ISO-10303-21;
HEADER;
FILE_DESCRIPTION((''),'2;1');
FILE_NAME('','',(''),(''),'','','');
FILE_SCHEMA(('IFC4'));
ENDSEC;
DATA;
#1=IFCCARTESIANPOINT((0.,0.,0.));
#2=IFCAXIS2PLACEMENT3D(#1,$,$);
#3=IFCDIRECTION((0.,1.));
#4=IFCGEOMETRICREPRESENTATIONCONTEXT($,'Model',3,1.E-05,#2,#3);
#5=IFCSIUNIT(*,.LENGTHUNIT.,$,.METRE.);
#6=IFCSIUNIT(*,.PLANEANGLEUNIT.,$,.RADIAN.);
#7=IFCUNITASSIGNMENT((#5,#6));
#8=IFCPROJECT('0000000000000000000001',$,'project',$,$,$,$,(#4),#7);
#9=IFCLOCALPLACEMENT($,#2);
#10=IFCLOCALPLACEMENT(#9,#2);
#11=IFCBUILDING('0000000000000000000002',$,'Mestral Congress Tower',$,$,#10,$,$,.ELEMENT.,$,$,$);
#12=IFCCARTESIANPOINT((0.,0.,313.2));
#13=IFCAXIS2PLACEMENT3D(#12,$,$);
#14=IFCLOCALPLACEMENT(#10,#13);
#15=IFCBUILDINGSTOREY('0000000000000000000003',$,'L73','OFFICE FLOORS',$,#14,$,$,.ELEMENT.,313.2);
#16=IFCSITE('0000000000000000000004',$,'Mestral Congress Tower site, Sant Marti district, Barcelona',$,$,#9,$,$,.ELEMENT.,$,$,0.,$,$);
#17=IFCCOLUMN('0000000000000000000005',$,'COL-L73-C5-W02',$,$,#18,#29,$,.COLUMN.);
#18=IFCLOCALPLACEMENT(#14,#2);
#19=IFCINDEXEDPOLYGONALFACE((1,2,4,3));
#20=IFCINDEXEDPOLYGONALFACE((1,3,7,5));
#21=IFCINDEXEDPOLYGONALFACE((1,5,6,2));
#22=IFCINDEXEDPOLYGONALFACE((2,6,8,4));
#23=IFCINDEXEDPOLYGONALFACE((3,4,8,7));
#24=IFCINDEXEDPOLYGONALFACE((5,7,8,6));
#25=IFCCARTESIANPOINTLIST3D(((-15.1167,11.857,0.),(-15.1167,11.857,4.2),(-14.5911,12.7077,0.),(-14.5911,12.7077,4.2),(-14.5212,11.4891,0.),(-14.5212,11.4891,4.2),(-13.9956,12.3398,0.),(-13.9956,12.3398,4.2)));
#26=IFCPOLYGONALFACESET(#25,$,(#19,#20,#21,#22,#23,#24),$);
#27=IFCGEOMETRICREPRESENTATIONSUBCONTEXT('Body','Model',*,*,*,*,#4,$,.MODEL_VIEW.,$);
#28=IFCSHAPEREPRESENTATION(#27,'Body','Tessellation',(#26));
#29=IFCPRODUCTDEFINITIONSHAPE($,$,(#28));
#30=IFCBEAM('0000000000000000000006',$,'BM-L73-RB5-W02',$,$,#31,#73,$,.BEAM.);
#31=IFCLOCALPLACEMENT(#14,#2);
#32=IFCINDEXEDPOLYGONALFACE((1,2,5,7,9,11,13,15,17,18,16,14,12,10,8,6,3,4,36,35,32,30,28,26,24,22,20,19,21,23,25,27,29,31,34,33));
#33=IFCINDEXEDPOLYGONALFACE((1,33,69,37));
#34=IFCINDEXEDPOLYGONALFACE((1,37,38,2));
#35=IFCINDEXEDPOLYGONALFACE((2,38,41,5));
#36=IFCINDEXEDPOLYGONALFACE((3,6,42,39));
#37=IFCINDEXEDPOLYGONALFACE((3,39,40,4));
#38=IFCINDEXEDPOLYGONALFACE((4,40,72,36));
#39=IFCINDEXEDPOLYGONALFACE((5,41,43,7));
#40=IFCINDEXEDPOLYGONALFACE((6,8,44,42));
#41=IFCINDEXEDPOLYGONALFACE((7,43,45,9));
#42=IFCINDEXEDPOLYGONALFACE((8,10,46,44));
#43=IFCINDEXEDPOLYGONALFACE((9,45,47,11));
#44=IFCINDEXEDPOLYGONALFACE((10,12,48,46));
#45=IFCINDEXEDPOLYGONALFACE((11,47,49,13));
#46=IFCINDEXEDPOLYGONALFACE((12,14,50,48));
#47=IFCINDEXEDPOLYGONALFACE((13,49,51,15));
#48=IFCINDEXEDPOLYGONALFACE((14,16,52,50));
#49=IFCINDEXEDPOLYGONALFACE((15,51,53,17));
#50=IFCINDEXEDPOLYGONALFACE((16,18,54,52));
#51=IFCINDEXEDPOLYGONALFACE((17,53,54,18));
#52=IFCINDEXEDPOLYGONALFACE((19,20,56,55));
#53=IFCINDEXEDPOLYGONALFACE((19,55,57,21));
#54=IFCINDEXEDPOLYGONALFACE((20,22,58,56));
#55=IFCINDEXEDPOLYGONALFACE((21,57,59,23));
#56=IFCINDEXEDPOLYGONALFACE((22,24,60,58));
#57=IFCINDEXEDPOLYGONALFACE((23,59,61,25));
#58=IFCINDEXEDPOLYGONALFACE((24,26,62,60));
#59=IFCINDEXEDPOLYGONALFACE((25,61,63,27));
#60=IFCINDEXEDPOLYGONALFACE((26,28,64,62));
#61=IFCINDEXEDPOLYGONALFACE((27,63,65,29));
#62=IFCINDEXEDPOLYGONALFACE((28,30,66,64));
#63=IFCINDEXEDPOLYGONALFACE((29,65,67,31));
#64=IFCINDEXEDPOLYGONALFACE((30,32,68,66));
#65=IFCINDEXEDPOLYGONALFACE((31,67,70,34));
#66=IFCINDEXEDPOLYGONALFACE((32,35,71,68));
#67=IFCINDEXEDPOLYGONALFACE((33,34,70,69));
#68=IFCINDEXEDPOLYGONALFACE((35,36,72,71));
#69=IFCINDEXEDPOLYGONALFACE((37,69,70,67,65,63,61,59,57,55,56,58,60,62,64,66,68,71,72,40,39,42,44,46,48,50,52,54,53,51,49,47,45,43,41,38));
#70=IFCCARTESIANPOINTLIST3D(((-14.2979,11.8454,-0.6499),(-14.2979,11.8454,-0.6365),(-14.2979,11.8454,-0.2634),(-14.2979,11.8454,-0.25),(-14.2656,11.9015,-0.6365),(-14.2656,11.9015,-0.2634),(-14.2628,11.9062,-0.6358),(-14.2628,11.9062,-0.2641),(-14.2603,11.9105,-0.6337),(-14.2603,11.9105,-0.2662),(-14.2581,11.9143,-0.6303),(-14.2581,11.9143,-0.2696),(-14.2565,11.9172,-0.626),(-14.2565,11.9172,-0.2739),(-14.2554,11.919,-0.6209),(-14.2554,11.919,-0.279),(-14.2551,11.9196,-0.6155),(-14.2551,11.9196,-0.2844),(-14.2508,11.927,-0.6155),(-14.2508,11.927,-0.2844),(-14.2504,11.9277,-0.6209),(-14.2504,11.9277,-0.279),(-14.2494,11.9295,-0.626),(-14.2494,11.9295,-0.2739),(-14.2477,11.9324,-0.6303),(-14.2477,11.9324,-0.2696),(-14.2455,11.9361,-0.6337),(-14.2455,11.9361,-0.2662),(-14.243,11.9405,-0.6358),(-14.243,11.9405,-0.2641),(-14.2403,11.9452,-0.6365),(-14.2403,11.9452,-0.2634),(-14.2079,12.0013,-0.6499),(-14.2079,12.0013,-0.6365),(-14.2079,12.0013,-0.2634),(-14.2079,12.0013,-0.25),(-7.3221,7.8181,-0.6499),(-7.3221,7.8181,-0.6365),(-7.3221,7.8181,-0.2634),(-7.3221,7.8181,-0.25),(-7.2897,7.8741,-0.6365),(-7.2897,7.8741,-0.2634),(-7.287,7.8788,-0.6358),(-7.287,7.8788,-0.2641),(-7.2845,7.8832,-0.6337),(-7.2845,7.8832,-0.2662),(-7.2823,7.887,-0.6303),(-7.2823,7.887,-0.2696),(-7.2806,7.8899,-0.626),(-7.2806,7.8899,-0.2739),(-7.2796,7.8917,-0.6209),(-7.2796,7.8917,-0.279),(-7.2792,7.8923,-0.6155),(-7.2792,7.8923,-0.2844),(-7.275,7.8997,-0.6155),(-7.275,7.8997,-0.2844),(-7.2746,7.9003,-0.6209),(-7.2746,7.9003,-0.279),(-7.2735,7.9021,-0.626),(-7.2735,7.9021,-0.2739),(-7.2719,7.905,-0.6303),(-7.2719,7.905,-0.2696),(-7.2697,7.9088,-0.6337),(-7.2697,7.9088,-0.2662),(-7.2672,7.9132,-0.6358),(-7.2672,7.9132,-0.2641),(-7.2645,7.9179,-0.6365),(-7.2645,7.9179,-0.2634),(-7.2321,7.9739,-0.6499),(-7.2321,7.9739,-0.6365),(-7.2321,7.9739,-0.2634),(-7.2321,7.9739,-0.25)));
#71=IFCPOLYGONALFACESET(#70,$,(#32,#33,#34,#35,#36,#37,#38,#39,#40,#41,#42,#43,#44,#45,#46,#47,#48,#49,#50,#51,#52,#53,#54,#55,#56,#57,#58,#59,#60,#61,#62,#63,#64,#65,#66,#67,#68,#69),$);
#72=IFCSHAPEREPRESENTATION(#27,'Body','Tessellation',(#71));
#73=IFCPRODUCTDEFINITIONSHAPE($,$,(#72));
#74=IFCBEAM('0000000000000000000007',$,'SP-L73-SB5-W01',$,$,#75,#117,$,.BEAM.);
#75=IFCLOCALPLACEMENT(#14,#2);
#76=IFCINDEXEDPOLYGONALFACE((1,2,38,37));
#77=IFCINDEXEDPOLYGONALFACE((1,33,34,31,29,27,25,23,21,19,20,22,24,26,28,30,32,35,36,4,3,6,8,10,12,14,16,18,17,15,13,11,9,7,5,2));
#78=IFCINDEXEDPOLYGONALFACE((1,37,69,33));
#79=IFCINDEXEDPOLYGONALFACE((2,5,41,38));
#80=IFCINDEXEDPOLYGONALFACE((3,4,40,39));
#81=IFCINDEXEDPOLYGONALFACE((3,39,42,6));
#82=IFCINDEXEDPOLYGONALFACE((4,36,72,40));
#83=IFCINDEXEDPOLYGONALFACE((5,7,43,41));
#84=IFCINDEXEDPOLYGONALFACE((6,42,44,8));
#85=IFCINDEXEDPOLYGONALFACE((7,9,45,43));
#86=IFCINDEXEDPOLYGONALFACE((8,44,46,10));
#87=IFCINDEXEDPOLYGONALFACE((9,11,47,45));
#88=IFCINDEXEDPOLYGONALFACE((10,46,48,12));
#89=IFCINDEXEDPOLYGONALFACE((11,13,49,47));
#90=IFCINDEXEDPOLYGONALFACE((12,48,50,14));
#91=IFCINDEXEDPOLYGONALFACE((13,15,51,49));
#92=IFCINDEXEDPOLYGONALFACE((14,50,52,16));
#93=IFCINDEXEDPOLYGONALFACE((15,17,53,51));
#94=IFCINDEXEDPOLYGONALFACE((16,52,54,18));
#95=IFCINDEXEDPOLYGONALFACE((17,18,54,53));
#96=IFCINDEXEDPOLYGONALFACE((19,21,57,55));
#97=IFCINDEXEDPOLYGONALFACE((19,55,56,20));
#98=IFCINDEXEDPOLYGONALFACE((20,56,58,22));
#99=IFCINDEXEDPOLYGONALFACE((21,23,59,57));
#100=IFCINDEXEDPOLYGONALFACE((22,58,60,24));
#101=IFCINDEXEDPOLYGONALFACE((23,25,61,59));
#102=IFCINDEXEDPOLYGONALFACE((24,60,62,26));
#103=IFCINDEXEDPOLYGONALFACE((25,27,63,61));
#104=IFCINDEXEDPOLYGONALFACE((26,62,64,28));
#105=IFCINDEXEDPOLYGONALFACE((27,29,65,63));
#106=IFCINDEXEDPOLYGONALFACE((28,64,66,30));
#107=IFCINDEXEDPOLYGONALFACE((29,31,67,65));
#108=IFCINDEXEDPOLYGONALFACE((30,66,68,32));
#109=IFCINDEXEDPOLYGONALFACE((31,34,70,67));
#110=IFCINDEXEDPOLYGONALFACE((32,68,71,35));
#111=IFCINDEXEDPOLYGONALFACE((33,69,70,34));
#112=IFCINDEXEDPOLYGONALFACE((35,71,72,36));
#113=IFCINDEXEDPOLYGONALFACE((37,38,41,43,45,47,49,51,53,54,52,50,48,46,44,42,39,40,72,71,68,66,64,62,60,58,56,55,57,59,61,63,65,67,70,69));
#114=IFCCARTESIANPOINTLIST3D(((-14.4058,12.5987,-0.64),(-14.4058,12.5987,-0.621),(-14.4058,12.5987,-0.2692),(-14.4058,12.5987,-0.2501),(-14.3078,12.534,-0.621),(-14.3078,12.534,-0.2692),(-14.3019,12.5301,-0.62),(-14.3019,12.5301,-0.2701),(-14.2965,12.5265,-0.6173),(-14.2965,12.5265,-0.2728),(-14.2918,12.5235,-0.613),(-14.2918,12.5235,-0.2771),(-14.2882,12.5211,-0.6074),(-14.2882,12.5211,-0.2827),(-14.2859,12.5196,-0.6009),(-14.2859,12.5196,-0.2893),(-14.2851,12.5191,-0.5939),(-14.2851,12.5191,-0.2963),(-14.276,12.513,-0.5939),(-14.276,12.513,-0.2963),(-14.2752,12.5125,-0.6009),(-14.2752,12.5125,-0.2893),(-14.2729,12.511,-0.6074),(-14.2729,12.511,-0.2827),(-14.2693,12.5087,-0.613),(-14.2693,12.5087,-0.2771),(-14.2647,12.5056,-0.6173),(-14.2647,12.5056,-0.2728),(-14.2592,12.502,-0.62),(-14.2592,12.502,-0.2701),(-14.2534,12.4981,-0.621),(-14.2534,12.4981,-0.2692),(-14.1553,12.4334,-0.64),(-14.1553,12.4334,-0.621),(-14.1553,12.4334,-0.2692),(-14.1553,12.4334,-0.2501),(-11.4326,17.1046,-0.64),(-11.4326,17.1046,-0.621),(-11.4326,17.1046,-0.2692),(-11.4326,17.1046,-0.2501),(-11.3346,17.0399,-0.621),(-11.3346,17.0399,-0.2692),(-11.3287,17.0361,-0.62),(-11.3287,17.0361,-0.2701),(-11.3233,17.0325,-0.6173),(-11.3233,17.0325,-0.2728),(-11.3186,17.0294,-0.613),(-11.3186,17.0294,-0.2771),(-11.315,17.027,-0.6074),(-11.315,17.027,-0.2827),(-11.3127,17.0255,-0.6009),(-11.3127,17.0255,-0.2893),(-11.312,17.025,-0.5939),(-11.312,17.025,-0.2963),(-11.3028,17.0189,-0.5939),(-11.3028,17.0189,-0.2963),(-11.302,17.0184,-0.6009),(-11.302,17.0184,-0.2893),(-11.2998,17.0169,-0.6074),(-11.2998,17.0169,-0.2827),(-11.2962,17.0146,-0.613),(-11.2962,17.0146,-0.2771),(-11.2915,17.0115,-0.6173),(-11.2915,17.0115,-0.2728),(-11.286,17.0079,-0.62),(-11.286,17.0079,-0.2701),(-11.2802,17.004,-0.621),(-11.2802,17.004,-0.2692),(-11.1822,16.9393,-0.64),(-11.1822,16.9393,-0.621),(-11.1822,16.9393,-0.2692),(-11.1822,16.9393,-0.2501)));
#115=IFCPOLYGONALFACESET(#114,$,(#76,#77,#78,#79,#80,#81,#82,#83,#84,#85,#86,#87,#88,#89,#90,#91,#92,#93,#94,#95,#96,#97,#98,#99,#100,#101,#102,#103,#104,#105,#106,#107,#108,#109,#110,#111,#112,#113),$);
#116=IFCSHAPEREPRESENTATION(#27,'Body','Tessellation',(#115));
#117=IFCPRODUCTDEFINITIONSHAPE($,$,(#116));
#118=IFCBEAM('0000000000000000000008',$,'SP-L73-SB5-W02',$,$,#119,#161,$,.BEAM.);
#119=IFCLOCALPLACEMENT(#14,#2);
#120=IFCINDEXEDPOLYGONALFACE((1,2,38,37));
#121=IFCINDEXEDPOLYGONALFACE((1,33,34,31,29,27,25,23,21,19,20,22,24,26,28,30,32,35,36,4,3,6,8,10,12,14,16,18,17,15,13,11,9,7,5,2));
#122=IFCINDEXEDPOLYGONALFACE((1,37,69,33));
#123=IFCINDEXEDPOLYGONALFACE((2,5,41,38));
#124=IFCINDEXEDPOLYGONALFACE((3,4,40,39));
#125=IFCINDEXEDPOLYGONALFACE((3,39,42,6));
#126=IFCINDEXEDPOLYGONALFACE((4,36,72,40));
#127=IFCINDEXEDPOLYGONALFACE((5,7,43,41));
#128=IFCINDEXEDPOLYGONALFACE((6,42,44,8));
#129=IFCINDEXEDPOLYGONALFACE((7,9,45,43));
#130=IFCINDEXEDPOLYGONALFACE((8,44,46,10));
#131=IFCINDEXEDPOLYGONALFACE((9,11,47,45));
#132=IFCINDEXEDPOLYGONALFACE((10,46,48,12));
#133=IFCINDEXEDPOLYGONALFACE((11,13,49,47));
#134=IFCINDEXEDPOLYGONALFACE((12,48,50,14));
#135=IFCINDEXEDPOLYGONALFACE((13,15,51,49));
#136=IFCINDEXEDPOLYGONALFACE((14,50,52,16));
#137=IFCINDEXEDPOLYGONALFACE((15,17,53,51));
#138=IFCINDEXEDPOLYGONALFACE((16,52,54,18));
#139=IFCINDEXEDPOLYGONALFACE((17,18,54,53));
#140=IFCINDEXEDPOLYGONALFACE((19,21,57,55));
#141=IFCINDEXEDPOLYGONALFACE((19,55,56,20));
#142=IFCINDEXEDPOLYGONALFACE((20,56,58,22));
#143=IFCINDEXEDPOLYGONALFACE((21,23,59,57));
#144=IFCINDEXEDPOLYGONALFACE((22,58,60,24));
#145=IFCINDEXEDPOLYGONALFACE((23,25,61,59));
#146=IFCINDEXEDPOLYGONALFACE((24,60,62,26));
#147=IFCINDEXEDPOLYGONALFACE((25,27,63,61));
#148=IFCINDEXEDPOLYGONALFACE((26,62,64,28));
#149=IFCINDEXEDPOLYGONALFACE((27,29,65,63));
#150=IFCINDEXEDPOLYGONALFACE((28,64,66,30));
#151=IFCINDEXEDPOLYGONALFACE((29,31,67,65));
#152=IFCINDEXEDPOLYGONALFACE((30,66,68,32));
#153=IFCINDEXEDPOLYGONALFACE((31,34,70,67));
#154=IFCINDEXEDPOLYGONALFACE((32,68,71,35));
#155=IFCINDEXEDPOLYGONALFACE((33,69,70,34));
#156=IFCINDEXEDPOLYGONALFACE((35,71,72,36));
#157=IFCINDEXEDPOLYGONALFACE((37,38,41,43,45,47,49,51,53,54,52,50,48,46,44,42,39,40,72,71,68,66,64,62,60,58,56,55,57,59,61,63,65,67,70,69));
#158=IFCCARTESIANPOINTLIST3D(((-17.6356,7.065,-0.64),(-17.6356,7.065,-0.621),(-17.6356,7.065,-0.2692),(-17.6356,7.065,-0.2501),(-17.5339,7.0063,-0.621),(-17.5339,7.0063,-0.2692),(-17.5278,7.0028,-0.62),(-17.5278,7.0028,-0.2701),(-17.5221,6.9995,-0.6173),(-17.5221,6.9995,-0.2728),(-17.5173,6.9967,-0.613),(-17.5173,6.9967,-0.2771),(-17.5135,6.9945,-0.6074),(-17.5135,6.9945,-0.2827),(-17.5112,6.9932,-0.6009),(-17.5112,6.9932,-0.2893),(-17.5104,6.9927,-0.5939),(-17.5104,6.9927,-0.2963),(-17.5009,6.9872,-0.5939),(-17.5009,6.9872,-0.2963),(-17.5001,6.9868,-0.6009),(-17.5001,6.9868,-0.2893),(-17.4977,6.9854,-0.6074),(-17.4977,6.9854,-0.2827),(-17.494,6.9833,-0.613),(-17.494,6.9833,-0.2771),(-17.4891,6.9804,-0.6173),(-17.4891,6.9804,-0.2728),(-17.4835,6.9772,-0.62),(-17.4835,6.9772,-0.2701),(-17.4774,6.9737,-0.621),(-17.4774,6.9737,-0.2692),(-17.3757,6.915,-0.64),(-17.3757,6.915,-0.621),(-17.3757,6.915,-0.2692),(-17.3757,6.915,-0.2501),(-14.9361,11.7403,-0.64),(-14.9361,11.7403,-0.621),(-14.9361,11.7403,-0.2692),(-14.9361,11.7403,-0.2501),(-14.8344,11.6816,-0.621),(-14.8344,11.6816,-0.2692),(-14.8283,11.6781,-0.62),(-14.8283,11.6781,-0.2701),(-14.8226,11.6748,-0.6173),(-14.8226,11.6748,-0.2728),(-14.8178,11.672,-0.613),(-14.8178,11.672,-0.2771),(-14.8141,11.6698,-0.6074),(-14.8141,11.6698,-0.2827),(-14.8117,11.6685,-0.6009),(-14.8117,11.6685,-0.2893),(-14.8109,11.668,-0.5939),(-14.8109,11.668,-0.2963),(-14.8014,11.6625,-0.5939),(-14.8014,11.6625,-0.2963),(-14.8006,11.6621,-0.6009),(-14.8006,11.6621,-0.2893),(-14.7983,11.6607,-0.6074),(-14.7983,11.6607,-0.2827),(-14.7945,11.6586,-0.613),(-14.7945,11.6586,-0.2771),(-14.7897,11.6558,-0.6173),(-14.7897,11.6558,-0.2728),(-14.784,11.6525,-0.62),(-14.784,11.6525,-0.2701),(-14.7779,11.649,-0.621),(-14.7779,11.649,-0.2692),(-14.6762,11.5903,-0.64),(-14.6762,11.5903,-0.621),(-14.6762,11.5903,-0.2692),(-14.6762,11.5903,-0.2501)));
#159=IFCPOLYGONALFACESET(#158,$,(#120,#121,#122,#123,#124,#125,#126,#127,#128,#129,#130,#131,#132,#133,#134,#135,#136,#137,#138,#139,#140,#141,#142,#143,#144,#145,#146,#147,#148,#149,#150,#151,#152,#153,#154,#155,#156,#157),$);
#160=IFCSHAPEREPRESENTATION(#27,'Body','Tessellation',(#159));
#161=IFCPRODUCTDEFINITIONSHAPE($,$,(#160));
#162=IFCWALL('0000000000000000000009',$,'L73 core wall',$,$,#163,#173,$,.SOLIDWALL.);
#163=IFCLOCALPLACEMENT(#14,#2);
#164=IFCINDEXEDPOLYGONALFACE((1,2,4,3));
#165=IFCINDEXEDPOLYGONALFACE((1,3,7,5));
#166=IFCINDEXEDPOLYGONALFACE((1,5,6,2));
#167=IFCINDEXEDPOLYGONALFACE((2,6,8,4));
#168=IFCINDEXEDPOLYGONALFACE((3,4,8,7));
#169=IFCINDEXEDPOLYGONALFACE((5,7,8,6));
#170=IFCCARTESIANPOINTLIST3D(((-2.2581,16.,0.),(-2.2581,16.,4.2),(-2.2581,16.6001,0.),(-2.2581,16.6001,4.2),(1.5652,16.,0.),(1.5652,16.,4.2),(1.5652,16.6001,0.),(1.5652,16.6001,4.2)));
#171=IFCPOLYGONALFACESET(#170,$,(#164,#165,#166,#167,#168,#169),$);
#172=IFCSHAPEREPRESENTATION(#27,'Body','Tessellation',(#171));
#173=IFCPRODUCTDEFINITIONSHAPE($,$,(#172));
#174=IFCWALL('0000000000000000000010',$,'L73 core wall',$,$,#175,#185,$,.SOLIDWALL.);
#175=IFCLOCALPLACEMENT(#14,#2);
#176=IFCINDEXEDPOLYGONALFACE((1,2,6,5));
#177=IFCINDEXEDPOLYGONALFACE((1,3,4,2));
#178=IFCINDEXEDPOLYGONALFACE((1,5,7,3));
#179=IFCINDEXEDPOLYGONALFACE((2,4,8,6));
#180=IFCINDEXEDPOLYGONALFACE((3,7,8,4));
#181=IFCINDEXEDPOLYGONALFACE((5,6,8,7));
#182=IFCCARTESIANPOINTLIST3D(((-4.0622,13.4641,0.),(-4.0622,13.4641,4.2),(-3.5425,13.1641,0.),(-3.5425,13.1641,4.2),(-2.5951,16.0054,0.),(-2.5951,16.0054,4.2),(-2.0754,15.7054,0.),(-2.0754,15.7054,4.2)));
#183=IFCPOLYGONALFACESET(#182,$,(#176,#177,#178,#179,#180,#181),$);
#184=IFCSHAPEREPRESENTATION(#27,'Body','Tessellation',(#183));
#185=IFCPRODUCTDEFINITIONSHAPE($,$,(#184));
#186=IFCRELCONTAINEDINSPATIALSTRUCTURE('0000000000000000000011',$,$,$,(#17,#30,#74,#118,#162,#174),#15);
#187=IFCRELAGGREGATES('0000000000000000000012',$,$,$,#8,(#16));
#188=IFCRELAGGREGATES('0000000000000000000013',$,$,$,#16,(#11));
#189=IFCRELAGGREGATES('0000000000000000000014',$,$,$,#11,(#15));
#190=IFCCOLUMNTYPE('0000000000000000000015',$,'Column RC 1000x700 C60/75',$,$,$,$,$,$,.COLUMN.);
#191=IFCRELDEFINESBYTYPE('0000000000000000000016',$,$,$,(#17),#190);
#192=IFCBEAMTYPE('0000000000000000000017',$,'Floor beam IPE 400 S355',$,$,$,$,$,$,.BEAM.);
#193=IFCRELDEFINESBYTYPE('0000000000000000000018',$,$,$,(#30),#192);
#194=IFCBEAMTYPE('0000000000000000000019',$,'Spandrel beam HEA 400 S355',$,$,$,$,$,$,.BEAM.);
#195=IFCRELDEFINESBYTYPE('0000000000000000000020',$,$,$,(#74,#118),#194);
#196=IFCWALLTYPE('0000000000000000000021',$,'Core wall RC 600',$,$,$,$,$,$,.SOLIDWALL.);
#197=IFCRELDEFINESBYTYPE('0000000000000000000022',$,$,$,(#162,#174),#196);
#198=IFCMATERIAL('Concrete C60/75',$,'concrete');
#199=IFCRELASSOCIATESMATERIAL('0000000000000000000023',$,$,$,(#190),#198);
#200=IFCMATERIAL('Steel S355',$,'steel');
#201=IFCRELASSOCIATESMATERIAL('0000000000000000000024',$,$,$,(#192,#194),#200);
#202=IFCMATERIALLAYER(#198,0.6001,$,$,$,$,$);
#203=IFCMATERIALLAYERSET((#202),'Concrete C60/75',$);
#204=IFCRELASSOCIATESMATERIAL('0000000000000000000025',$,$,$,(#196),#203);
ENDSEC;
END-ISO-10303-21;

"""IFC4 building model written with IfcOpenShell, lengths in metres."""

from ifc_helpers import new_model, si_unit, direction, frame, frame_2d, origin, origin_2d, place, context, subcontext, project, spatial, rectangle, i_section, extrude, material, layer, layer_set, material_profile, profile_set, type_object, element, save


model = new_model("IFC4")

# Units and contexts
model_context = context("Model", 3, precision=1e-05, world=origin(), true_north=direction((0.0, 1.0)))
body_context = subcontext(model_context, "Body", "Model", "MODEL_VIEW")
ifc_project = project(units=[si_unit("LENGTHUNIT", "METRE"), si_unit("PLANEANGLEUNIT", "RADIAN")], contexts=[model_context])

# Site, building, storey
site_placement = place(None, origin())
site = spatial("IfcSite", under=ifc_project, at=site_placement, Name="Mestral Congress Tower site, Sant Marti district, Barcelona", CompositionType="ELEMENT", RefElevation=0.0)
building_placement = place(site_placement, origin())
building = spatial("IfcBuilding", under=site, at=building_placement, Name="Mestral Congress Tower", CompositionType="ELEMENT")
storey_placement = place(building_placement, frame((0.0, 0.0, 313.2)))
storey = spatial("IfcBuildingStorey", under=building, at=storey_placement, Name="L73", Description="OFFICE FLOORS", CompositionType="ELEMENT", Elevation=313.2)

# Column
ifc_material_1 = material(Name="Concrete C60/75", Category="concrete")
ifc_material_profile_1 = material_profile(ifc_material_1, rectangle(XDim=1.0, YDim=0.7, at=origin_2d()), Name="RC 1000x700")
ifc_profile_set_1 = profile_set([ifc_material_profile_1], Name="Concrete C60/75")
column_type = type_object("IfcColumnType", Name="Column RC 1000x700 C60/75", PredefinedType="COLUMN", material=ifc_profile_set_1)
column_placement = place(storey_placement, frame((-14.5562, 12.0984, 0.0), z_axis=(0.0, 0.0, 1.0), x_axis=(-0.52561, -0.850726, 0.0)))
element("IfcColumn", 1, at=column_placement, inside=storey, type_object=column_type, Name="COL-L73-C5-W02", PredefinedType="COLUMN", context=body_context, shape_type="SweptSolid", body=[
    extrude(rectangle(XDim=1.0, YDim=0.7, at=origin_2d()), origin(), (0.0, 0.0, 1.0), 4.2),
])

# Beams
ifc_material_2 = material(Name="Steel S355", Category="steel")
ifc_material_profile_2 = material_profile(ifc_material_2, i_section(OverallWidth=0.1799, OverallDepth=0.3999, WebThickness=0.0085, FlangeThickness=0.0134, FilletRadius=0.021, at=origin_2d()), Name="IPE 400")
ifc_profile_set_2 = profile_set([ifc_material_profile_2], Name="Steel S355")
beam_type_1 = type_object("IfcBeamType", Name="Floor beam IPE 400 S355", PredefinedType="BEAM", material=ifc_profile_set_2)
beam_1_placement = place(storey_placement, frame((-14.2529, 11.9233, -0.45), z_axis=(0.866034, -0.499986, 0.0), x_axis=(0.499986, 0.866034, 0.0)))
element("IfcBeam", 2, at=beam_1_placement, inside=storey, type_object=beam_type_1, Name="BM-L73-RB5-W02", PredefinedType="BEAM", context=body_context, shape_type="SweptSolid", body=[
    extrude(i_section(OverallWidth=0.1799, OverallDepth=0.3999, WebThickness=0.0085, FlangeThickness=0.0134, FilletRadius=0.021, at=origin_2d()), origin(), (0.0, 0.0, 1.0), 8.0549),
])
ifc_material_profile_3 = material_profile(ifc_material_2, i_section(OverallWidth=0.3, OverallDepth=0.3899, WebThickness=0.011, FlangeThickness=0.019, FilletRadius=0.0271, at=origin_2d()), Name="HEA 400")
ifc_profile_set_3 = profile_set([ifc_material_profile_3], Name="Steel S355")
beam_type_2 = type_object("IfcBeamType", Name="Spandrel beam HEA 400 S355", PredefinedType="BEAM", material=ifc_profile_set_3)
beam_2_placement = place(storey_placement, frame((-11.3074, 17.022, -0.4451), z_axis=(-0.550749, -0.834671, 0.0), x_axis=(0.834671, -0.550749, 0.0)))
element("IfcBeam", 3, at=beam_2_placement, inside=storey, type_object=beam_type_2, Name="SP-L73-SB5-W01", PredefinedType="BEAM", context=body_context, shape_type="SweptSolid", body=[
    extrude(i_section(OverallWidth=0.3, OverallDepth=0.3899, WebThickness=0.011, FlangeThickness=0.019, FilletRadius=0.0271, at=origin_2d()), origin(), (0.0, 0.0, 1.0), 5.3984),
])
beam_3_placement = place(storey_placement, frame((-14.8062, 11.6653, -0.4451), z_axis=(-0.500025, -0.866011, 0.0), x_axis=(0.866011, -0.500025, 0.0)))
element("IfcBeam", 4, at=beam_3_placement, inside=storey, type_object=beam_type_2, Name="SP-L73-SB5-W02", PredefinedType="BEAM", context=body_context, shape_type="SweptSolid", body=[
    extrude(i_section(OverallWidth=0.3, OverallDepth=0.3899, WebThickness=0.011, FlangeThickness=0.019, FilletRadius=0.0271, at=origin_2d()), origin(), (0.0, 0.0, 1.0), 5.3987),
])

# Walls
ifc_layer_1 = layer(ifc_material_1, 0.6001)
ifc_layer_set_1 = layer_set([ifc_layer_1], Name="Concrete C60/75")
wall_type_1 = type_object("IfcWallType", Name="Core wall RC 600", PredefinedType="SOLIDWALL", material=ifc_layer_set_1)
wall_1_placement = place(storey_placement, frame((-2.2581, 16.3, 0.0), z_axis=(0.0, 0.0, 1.0), x_axis=(1.0, 0.0, 0.0)))
element("IfcWall", 5, at=wall_1_placement, inside=storey, type_object=wall_type_1, Name="L73 core wall", PredefinedType="SOLIDWALL", context=body_context, shape_type="SweptSolid", body=[
    extrude(rectangle(XDim=3.8232, YDim=0.6001, at=frame_2d((1.9116, 0.0))), origin(), (0.0, 0.0, 1.0), 4.2),
])
wall_2_placement = place(storey_placement, frame((-2.3352, 15.8555, 0.0), z_axis=(0.0, 0.0, 1.0), x_axis=(-0.49996, -0.866048, 0.0)))
element("IfcWall", 6, at=wall_2_placement, inside=storey, type_object=wall_type_1, Name="L73 core wall", PredefinedType="SOLIDWALL", context=body_context, shape_type="SweptSolid", body=[
    extrude(rectangle(XDim=2.9343, YDim=0.6001, at=frame_2d((1.4673, 0.0))), origin(), (0.0, 0.0, 1.0), 4.2),
])

save(model, "model.ifc")
